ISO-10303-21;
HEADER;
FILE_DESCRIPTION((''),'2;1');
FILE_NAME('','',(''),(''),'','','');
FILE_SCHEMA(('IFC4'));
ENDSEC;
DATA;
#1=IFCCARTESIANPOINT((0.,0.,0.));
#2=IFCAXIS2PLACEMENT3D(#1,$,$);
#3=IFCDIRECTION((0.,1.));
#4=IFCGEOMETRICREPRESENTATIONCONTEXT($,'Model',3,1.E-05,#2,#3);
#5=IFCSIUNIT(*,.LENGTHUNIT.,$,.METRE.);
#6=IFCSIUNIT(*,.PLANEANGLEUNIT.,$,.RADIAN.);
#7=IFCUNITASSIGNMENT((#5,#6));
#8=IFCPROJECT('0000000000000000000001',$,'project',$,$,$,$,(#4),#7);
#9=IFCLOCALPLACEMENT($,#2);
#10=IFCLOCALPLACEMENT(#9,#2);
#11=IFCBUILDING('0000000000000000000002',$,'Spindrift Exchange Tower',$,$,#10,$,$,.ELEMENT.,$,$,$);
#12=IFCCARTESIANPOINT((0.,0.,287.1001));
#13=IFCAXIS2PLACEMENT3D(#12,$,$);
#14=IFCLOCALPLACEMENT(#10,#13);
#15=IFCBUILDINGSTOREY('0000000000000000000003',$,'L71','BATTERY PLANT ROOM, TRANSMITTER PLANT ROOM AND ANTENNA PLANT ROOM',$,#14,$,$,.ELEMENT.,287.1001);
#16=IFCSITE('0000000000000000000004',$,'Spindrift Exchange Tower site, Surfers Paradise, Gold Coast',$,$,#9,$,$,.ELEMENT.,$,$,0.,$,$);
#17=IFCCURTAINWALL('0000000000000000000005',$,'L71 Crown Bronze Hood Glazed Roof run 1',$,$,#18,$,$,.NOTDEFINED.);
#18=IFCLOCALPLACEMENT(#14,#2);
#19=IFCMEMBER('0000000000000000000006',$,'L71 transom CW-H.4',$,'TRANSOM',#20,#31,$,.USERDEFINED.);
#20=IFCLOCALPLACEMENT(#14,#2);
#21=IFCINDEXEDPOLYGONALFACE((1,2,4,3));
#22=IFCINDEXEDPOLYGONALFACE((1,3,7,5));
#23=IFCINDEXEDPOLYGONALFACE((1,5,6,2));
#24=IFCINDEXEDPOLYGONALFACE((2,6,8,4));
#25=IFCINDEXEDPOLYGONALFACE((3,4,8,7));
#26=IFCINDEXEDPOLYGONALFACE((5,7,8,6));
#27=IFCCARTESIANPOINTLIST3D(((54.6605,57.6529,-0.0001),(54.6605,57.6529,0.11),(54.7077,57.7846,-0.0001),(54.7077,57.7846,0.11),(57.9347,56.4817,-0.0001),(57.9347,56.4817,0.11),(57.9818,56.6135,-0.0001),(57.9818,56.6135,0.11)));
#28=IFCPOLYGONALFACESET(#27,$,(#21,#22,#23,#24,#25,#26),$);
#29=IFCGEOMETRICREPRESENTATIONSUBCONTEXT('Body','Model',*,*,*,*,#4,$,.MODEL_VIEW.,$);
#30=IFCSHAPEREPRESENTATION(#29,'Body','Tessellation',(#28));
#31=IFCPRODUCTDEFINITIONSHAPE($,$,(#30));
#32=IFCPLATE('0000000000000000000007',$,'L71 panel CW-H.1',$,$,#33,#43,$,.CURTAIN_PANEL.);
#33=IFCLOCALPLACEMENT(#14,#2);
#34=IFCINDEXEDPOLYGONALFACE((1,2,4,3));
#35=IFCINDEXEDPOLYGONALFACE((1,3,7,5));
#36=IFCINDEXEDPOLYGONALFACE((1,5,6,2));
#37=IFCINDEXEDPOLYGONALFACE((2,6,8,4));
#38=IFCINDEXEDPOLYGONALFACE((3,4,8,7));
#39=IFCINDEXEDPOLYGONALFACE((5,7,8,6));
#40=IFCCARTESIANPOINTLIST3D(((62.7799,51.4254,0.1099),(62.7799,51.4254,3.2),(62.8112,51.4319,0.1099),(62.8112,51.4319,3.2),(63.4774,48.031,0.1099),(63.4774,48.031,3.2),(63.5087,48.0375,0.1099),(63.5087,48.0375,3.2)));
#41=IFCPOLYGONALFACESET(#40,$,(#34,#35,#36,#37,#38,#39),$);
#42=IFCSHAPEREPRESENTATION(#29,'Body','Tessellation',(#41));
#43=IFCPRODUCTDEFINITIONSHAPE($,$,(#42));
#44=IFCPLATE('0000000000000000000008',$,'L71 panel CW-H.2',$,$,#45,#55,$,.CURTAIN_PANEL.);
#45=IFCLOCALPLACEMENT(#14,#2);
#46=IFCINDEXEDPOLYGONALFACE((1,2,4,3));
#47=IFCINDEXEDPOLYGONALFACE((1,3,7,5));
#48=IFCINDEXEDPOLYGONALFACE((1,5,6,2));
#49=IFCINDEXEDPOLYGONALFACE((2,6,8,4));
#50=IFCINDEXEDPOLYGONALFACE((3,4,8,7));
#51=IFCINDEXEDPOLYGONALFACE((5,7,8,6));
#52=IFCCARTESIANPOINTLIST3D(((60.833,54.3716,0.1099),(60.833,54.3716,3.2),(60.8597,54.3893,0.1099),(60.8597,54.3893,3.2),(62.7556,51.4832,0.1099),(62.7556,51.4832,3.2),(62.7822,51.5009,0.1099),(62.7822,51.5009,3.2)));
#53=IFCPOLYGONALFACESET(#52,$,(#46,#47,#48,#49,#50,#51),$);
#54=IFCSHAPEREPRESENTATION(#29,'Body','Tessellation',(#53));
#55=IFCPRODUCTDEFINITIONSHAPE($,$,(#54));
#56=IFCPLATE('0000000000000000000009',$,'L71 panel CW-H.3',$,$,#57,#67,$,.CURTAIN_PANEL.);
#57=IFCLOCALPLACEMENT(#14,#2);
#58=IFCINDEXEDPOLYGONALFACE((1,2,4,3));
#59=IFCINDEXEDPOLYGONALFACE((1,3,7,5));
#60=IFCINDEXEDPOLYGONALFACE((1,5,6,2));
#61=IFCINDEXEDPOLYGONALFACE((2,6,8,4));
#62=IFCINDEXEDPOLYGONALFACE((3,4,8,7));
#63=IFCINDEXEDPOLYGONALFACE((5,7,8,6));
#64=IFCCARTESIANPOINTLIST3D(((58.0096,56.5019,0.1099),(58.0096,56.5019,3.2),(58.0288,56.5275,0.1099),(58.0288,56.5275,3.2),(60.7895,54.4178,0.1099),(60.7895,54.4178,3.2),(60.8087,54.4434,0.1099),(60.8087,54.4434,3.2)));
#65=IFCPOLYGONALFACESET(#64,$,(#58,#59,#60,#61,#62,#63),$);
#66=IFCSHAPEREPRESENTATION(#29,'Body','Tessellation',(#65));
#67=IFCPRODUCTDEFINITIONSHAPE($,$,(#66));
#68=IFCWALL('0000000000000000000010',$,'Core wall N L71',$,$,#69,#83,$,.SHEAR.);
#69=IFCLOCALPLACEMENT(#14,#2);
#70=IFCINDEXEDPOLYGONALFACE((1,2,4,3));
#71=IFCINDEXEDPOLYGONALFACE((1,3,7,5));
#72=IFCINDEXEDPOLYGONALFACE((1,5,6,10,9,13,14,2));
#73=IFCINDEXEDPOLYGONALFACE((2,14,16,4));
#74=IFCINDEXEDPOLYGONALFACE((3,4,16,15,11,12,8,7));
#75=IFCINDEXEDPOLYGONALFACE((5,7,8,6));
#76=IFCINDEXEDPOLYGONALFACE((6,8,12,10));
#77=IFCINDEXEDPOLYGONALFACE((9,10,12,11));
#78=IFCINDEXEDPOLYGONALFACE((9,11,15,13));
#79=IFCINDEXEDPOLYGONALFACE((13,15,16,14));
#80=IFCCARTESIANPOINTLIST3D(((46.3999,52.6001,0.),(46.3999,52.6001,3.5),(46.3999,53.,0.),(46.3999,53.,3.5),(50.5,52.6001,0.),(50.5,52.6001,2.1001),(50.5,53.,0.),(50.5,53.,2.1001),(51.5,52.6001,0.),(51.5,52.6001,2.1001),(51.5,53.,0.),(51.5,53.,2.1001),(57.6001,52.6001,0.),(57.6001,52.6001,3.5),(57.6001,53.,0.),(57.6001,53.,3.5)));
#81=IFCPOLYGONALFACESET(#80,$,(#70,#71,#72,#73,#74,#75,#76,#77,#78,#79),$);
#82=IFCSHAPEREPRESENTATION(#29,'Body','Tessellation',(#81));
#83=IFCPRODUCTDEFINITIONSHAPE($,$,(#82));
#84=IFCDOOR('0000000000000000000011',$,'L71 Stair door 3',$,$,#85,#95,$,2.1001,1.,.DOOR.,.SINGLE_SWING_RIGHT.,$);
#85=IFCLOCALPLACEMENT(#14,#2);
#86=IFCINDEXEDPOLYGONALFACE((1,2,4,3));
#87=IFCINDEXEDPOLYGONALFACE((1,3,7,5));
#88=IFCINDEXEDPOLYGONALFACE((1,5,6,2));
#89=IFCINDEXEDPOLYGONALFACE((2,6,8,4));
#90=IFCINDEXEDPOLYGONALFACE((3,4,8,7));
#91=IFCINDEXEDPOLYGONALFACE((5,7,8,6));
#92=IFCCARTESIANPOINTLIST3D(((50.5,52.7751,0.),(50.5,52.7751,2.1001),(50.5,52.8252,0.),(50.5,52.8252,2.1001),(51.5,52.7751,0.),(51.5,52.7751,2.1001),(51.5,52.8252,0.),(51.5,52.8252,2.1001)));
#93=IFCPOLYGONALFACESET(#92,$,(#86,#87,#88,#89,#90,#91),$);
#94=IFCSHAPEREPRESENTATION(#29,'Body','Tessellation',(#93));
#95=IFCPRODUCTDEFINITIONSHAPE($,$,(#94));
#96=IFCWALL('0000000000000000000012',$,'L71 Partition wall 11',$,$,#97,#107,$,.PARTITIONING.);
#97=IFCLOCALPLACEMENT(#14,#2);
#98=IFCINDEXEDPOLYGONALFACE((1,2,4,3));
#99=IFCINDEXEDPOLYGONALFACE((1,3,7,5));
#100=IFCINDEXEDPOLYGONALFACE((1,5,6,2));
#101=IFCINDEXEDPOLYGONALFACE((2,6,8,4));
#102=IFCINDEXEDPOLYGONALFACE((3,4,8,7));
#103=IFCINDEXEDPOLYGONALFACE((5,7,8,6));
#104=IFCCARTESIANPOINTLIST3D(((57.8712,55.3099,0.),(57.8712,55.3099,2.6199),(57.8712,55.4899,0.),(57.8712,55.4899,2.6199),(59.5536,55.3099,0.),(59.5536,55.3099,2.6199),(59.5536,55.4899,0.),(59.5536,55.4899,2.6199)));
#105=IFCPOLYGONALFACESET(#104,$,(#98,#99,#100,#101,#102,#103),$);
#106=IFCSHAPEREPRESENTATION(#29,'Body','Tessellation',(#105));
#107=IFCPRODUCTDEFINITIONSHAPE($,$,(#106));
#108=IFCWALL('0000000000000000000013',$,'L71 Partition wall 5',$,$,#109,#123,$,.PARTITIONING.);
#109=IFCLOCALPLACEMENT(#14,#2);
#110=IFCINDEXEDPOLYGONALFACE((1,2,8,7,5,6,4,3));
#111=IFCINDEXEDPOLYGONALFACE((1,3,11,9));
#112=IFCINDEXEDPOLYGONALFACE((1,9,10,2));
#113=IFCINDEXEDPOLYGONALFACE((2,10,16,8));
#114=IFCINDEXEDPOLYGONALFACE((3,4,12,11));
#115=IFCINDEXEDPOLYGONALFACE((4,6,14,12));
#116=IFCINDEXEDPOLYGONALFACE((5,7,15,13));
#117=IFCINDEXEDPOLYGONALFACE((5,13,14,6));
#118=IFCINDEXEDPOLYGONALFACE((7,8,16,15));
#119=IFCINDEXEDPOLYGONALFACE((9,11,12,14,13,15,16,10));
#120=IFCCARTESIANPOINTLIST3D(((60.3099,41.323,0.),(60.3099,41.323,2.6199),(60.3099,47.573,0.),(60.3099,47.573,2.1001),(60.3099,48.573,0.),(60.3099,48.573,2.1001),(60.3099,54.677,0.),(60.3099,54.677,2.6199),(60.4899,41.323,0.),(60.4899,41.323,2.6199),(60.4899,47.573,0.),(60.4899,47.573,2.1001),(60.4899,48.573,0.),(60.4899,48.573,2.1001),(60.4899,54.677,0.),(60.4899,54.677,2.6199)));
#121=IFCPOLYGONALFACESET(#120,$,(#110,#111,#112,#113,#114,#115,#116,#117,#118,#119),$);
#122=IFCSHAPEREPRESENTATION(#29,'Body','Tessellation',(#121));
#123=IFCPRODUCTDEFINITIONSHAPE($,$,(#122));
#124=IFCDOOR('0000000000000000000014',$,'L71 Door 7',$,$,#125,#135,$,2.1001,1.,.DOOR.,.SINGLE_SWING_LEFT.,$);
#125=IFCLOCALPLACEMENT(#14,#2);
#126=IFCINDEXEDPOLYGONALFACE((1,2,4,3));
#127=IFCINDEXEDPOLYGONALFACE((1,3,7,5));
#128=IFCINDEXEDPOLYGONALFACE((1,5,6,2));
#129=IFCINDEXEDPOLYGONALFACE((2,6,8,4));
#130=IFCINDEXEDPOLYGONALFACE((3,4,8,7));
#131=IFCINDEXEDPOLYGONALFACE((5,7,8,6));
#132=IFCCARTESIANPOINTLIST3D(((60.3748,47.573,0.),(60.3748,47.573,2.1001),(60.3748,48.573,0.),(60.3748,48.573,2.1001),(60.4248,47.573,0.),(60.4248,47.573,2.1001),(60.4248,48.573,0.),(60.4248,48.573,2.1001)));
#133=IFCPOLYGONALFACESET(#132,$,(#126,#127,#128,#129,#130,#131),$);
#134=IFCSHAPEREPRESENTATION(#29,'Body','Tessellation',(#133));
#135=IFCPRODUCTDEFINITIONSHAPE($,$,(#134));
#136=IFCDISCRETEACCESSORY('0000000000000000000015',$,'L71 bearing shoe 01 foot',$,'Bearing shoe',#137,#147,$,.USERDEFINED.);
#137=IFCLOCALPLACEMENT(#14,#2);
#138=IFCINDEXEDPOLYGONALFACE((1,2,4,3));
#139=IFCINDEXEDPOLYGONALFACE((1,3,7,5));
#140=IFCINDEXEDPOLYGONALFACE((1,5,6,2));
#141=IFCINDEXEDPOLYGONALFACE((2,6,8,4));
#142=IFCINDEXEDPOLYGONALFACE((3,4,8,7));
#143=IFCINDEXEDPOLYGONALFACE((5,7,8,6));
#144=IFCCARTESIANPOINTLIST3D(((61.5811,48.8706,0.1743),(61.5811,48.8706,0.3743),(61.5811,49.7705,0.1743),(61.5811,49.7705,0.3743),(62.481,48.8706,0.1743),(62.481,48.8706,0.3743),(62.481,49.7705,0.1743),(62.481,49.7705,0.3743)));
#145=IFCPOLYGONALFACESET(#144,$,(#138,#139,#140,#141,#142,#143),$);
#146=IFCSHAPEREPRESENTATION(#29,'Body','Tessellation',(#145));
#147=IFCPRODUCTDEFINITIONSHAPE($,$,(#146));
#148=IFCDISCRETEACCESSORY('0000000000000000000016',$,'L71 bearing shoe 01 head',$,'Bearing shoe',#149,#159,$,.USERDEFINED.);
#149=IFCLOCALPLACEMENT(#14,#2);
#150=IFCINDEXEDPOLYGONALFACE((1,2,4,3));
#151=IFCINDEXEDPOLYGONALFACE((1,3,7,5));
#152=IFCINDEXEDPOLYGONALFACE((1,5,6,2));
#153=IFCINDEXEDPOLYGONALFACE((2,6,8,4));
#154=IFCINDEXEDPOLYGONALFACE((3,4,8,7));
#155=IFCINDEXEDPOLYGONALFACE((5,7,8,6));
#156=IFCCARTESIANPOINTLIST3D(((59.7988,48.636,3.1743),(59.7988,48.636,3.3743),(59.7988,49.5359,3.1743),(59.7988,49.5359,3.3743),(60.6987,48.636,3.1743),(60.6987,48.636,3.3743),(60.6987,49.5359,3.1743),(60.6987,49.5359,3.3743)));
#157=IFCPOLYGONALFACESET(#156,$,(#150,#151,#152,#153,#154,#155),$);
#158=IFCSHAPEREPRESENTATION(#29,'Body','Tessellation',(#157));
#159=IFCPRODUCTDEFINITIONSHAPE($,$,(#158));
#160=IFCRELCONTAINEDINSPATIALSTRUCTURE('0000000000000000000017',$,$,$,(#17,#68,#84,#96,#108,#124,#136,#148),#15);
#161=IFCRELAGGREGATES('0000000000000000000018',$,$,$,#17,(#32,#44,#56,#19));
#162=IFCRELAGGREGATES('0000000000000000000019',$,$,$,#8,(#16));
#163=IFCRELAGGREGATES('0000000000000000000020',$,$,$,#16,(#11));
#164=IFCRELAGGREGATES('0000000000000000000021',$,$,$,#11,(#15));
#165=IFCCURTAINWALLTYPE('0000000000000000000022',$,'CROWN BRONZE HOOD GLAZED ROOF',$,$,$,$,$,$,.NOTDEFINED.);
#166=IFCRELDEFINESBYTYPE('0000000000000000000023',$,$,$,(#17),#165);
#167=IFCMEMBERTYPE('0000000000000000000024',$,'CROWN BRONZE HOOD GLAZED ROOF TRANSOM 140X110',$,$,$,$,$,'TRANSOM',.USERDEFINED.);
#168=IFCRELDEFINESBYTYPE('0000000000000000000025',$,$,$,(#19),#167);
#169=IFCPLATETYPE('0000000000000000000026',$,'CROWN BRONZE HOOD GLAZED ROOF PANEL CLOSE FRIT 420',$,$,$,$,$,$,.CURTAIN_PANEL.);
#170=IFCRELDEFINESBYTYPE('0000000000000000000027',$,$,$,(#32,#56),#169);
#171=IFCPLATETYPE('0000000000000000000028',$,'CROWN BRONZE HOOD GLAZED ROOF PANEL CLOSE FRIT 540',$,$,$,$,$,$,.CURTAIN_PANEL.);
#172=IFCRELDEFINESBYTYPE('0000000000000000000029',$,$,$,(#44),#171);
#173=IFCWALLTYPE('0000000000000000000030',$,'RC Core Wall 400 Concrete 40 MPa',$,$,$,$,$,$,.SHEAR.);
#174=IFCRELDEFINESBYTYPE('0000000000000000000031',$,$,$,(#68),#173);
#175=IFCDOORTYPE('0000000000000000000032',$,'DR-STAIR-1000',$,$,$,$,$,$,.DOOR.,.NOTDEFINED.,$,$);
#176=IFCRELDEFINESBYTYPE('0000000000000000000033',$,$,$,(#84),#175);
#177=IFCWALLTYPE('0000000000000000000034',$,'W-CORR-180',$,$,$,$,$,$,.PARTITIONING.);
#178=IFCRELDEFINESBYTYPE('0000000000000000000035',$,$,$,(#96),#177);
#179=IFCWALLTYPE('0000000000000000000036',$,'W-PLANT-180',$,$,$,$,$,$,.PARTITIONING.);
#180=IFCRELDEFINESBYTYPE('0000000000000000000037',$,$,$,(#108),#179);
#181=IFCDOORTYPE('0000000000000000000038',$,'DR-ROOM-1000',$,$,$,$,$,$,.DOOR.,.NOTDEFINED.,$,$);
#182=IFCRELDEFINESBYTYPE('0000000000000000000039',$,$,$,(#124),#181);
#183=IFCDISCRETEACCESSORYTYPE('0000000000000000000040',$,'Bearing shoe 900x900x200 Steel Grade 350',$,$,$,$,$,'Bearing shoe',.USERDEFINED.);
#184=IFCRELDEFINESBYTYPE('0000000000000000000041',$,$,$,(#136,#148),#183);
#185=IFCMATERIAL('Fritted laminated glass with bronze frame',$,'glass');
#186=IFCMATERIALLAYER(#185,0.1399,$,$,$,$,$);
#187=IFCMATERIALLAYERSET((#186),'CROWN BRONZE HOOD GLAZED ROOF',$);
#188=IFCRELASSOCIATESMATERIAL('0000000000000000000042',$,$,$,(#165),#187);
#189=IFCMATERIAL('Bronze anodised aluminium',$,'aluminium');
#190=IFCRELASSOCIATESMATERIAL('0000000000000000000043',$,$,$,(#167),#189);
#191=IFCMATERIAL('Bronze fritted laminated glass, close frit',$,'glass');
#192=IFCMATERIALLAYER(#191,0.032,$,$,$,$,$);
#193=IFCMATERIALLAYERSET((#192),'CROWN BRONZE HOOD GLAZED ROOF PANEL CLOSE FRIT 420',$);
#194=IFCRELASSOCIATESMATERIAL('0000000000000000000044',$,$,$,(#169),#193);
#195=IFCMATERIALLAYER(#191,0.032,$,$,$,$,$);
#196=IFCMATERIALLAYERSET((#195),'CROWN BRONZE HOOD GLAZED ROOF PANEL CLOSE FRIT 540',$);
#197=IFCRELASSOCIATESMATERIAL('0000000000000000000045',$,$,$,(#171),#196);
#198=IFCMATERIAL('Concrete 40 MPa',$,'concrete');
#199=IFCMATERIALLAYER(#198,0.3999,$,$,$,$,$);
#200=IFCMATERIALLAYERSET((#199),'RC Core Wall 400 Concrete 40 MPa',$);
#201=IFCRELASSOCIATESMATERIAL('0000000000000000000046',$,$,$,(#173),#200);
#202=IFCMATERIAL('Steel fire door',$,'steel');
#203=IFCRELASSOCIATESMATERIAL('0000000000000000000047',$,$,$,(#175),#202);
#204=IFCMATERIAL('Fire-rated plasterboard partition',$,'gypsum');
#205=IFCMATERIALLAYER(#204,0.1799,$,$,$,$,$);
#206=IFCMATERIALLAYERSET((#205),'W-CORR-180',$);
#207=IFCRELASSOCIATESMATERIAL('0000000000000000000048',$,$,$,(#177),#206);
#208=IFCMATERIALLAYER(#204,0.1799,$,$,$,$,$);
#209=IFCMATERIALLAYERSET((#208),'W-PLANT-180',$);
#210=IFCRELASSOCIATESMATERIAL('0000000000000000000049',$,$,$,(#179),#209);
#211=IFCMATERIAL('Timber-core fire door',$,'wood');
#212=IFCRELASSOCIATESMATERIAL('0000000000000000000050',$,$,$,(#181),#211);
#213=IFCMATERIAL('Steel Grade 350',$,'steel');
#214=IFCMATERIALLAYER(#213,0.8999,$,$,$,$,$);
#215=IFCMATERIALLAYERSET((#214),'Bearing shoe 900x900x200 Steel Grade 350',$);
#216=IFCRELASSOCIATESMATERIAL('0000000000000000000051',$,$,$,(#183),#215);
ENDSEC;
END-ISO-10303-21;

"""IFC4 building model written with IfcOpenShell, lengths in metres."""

from ifc_helpers import new_model, si_unit, direction, frame, frame_2d, origin, origin_2d, place, context, subcontext, project, spatial, rectangle, extrude, source, transform, mapped, material, layer, layer_set, material_profile, profile_set, type_object, element, fill, aggregate, save


model = new_model("IFC4")

# Units and contexts
model_context = context("Model", 3, precision=1e-05, world=origin(), true_north=direction((0.0, 1.0)))
body_context = subcontext(model_context, "Body", "Model", "MODEL_VIEW")
ifc_project = project(units=[si_unit("LENGTHUNIT", "METRE"), si_unit("PLANEANGLEUNIT", "RADIAN")], contexts=[model_context])

# Site, building, storey
site_placement = place(None, origin())
site = spatial("IfcSite", under=ifc_project, at=site_placement, Name="Spindrift Exchange Tower site, Surfers Paradise, Gold Coast", CompositionType="ELEMENT", RefElevation=0.0)
building_placement = place(site_placement, origin())
building = spatial("IfcBuilding", under=site, at=building_placement, Name="Spindrift Exchange Tower", CompositionType="ELEMENT")
storey_placement = place(building_placement, frame((0.0, 0.0, 287.1001)))
storey = spatial("IfcBuildingStorey", under=building, at=storey_placement, Name="L71", Description="BATTERY PLANT ROOM, TRANSMITTER PLANT ROOM AND ANTENNA PLANT ROOM", CompositionType="ELEMENT", Elevation=287.1001)

# Shared definitions
ifc_material_1 = material(Name="Concrete 40 MPa", Category="concrete")

# Curtain wall, member, plates
ifc_material_2 = material(Name="Fritted laminated glass with bronze frame", Category="glass")
ifc_layer_1 = layer(ifc_material_2, 0.1399)
ifc_layer_set_1 = layer_set([ifc_layer_1], Name="CROWN BRONZE HOOD GLAZED ROOF")
curtain_wall_type = type_object("IfcCurtainWallType", Name="CROWN BRONZE HOOD GLAZED ROOF", PredefinedType="NOTDEFINED", material=ifc_layer_set_1)
curtain_wall_placement = place(storey_placement, origin())
curtain_wall = element("IfcCurtainWall", 1, at=curtain_wall_placement, inside=storey, type_object=curtain_wall_type, Name="L71 Crown Bronze Hood Glazed Roof run 1", PredefinedType="NOTDEFINED")
ifc_material_3 = material(Name="Bronze anodised aluminium", Category="aluminium")
ifc_material_profile_1 = material_profile(ifc_material_3, rectangle(XDim=0.1399, YDim=0.1101, at=origin_2d()), Name="CROWN BRONZE HOOD GLAZED ROOF TRANSOM 140X110")
ifc_profile_set_1 = profile_set([ifc_material_profile_1], Name="Bronze anodised aluminium")
member_type_1 = type_object("IfcMemberType", Name="CROWN BRONZE HOOD GLAZED ROOF TRANSOM 140X110", ElementType="TRANSOM", PredefinedType="USERDEFINED", material=ifc_profile_set_1)
shared_shape_1 = source(origin(), body_context, "Body", "SweptSolid", [
    extrude(rectangle(XDim=0.1399, YDim=0.1101, at=origin_2d()), origin(), (0.0, 0.0, 1.0), 3.4773),
])
member_1_placement = place(storey_placement, frame((57.9583, 56.5476, 0.0549), z_axis=(-0.941578, 0.336794, 0.0), x_axis=(-0.336794, -0.941578, 0.0)))
member_1 = element("IfcMember", 2, at=member_1_placement, type_object=member_type_1, Name="L71 transom CW-H.4", ObjectType="TRANSOM", PredefinedType="USERDEFINED", context=body_context, shape_type="MappedRepresentation", body=[
    mapped(shared_shape_1, transform((0.0, 0.0, 0.0), scale=1.0)),
])
ifc_material_4 = material(Name="Bronze fritted laminated glass, close frit", Category="glass")
ifc_layer_2 = layer(ifc_material_4, 0.032)
ifc_layer_set_2 = layer_set([ifc_layer_2], Name="CROWN BRONZE HOOD GLAZED ROOF PANEL CLOSE FRIT 420")
plate_type_1 = type_object("IfcPlateType", Name="CROWN BRONZE HOOD GLAZED ROOF PANEL CLOSE FRIT 420", PredefinedType="CURTAIN_PANEL", material=ifc_layer_set_2)
shared_shape_2 = source(origin(), body_context, "Body", "SweptSolid", [
    extrude(rectangle(XDim=3.4653, YDim=0.032, at=origin_2d()), origin(), (0.0, 0.0, 1.0), 3.0901),
])
plate_1_placement = place(storey_placement, frame((63.1443, 49.7314, 0.1099), z_axis=(0.0, 0.0, 1.0), x_axis=(-0.201281, 0.979533, 0.0)))
plate_1 = element("IfcPlate", 3, at=plate_1_placement, type_object=plate_type_1, Name="L71 panel CW-H.1", PredefinedType="CURTAIN_PANEL", context=body_context, shape_type="MappedRepresentation", body=[
    mapped(shared_shape_2, transform((0.0, 0.0, 0.0), scale=1.0)),
])
ifc_layer_3 = layer(ifc_material_4, 0.032)
ifc_layer_set_3 = layer_set([ifc_layer_3], Name="CROWN BRONZE HOOD GLAZED ROOF PANEL CLOSE FRIT 540")
plate_type_2 = type_object("IfcPlateType", Name="CROWN BRONZE HOOD GLAZED ROOF PANEL CLOSE FRIT 540", PredefinedType="CURTAIN_PANEL", material=ifc_layer_set_3)
shared_shape_3 = source(origin(), body_context, "Body", "SweptSolid", [
    extrude(rectangle(XDim=3.4697, YDim=0.032, at=origin_2d()), origin(), (0.0, 0.0, 1.0), 3.0901),
])
plate_2_placement = place(storey_placement, frame((61.8076, 52.9363, 0.1099), z_axis=(0.0, 0.0, 1.0), x_axis=(-0.554094, 0.832454, 0.0)))
plate_2 = element("IfcPlate", 4, at=plate_2_placement, type_object=plate_type_2, Name="L71 panel CW-H.2", PredefinedType="CURTAIN_PANEL", context=body_context, shape_type="MappedRepresentation", body=[
    mapped(shared_shape_3, transform((0.0, 0.0, 0.0), scale=1.0)),
])
shared_shape_4 = source(origin(), body_context, "Body", "SweptSolid", [
    extrude(rectangle(XDim=3.4744, YDim=0.032, at=origin_2d()), origin(), (0.0, 0.0, 1.0), 3.0901),
])
plate_3_placement = place(storey_placement, frame((59.4092, 55.4727, 0.1099), z_axis=(0.0, 0.0, 1.0), x_axis=(-0.800112, 0.599851, 0.0)))
plate_3 = element("IfcPlate", 5, at=plate_3_placement, type_object=plate_type_1, Name="L71 panel CW-H.3", PredefinedType="CURTAIN_PANEL", context=body_context, shape_type="MappedRepresentation", body=[
    mapped(shared_shape_4, transform((0.0, 0.0, 0.0), scale=1.0)),
])
aggregate(curtain_wall, [plate_1, plate_2, plate_3, member_1])

# Wall, opening, door
ifc_layer_4 = layer(ifc_material_1, 0.3999)
ifc_layer_set_4 = layer_set([ifc_layer_4], Name="RC Core Wall 400 Concrete 40 MPa")
wall_type_1 = type_object("IfcWallType", Name="RC Core Wall 400 Concrete 40 MPa", PredefinedType="SHEAR", material=ifc_layer_set_4)
wall_1_placement = place(storey_placement, frame((57.6001, 52.8, 0.0), z_axis=(0.0, 0.0, 1.0), x_axis=(-1.0, 0.0, 0.0)))
wall_1 = element("IfcWall", 6, at=wall_1_placement, inside=storey, type_object=wall_type_1, Name="Core wall N L71", PredefinedType="SHEAR", context=body_context, shape_type="SweptSolid", body=[
    extrude(rectangle(XDim=11.2002, YDim=0.3999, at=frame_2d((5.6001, 0.0))), origin(), (0.0, 0.0, 1.0), 3.5),
])
opening_1_placement = place(wall_1_placement, frame((6.1001, 0.0, 0.0)))
opening_1 = element("IfcOpeningElement", 7, at=opening_1_placement, cuts=wall_1, PredefinedType="OPENING", context=body_context, shape_type="SweptSolid", body=[
    extrude(rectangle(XDim=1.0, YDim=2.1001, at=frame_2d((0.5, 1.05))), frame((0.0, 0.21, 0.0), z_axis=(0.0, -1.0, 0.0), x_axis=(1.0, 0.0, 0.0)), (0.0, 0.0, 1.0), 0.4199),
])
ifc_material_5 = material(Name="Steel fire door", Category="steel")
door_type_1 = type_object("IfcDoorType", Name="DR-STAIR-1000", OperationType="NOTDEFINED", PredefinedType="DOOR", material=ifc_material_5)
shared_shape_5 = source(origin(), body_context, "Body", "SweptSolid", [
    extrude(rectangle(XDim=1.0, YDim=2.1001, at=frame_2d((0.5, 1.05))), frame((0.0, 0.0249, 0.0), z_axis=(0.0, -1.0, 0.0), x_axis=(1.0, 0.0, 0.0)), (0.0, 0.0, 1.0), 0.05),
])
door_1_placement = place(opening_1_placement, origin())
door_1 = element("IfcDoor", 8, at=door_1_placement, inside=storey, type_object=door_type_1, Name="L71 Stair door 3", OperationType="SINGLE_SWING_RIGHT", OverallHeight=2.1001, OverallWidth=1.0, PredefinedType="DOOR", context=body_context, shape_type="MappedRepresentation", body=[
    mapped(shared_shape_5, transform((0.0, 0.0, 0.0), scale=1.0)),
])
fill(opening_1, door_1)

# Wall
ifc_material_6 = material(Name="Fire-rated plasterboard partition", Category="gypsum")
ifc_layer_5 = layer(ifc_material_6, 0.1799)
ifc_layer_set_5 = layer_set([ifc_layer_5], Name="W-CORR-180")
wall_type_2 = type_object("IfcWallType", Name="W-CORR-180", PredefinedType="PARTITIONING", material=ifc_layer_set_5)
wall_2_placement = place(storey_placement, frame((59.5537, 55.3999, 0.0), z_axis=(0.0, 0.0, 1.0), x_axis=(-1.0, 0.0, 0.0)))
element("IfcWall", 9, at=wall_2_placement, inside=storey, type_object=wall_type_2, Name="L71 Partition wall 11", PredefinedType="PARTITIONING", context=body_context, shape_type="SweptSolid", body=[
    extrude(rectangle(XDim=1.6824, YDim=0.1799, at=frame_2d((0.8413, 0.0))), origin(), (0.0, 0.0, 1.0), 2.6199),
])

# Wall, opening, door
ifc_layer_6 = layer(ifc_material_6, 0.1799)
ifc_layer_set_6 = layer_set([ifc_layer_6], Name="W-PLANT-180")
wall_type_3 = type_object("IfcWallType", Name="W-PLANT-180", PredefinedType="PARTITIONING", material=ifc_layer_set_6)
wall_3_placement = place(storey_placement, frame((60.3999, 54.677, 0.0), z_axis=(0.0, 0.0, 1.0), x_axis=(0.0, -1.0, 0.0)))
wall_3 = element("IfcWall", 10, at=wall_3_placement, inside=storey, type_object=wall_type_3, Name="L71 Partition wall 5", PredefinedType="PARTITIONING", context=body_context, shape_type="SweptSolid", body=[
    extrude(rectangle(XDim=13.354, YDim=0.1799, at=frame_2d((6.677, 0.0))), origin(), (0.0, 0.0, 1.0), 2.6199),
])
opening_2_placement = place(wall_3_placement, frame((6.104, 0.0, 0.0)))
opening_2 = element("IfcOpeningElement", 11, at=opening_2_placement, cuts=wall_3, PredefinedType="OPENING", context=body_context, shape_type="SweptSolid", body=[
    extrude(rectangle(XDim=1.0, YDim=2.1001, at=frame_2d((0.5, 1.05))), frame((0.0, 0.0999, 0.0), z_axis=(0.0, -1.0, 0.0), x_axis=(1.0, 0.0, 0.0)), (0.0, 0.0, 1.0), 0.2),
])
ifc_material_7 = material(Name="Timber-core fire door", Category="wood")
door_type_2 = type_object("IfcDoorType", Name="DR-ROOM-1000", OperationType="NOTDEFINED", PredefinedType="DOOR", material=ifc_material_7)
shared_shape_6 = source(origin(), body_context, "Body", "SweptSolid", [
    extrude(rectangle(XDim=1.0, YDim=2.1001, at=frame_2d((0.5, 1.05))), frame((0.0, 0.0249, 0.0), z_axis=(0.0, -1.0, 0.0), x_axis=(1.0, 0.0, 0.0)), (0.0, 0.0, 1.0), 0.05),
])
door_2_placement = place(opening_2_placement, origin())
door_2 = element("IfcDoor", 12, at=door_2_placement, inside=storey, type_object=door_type_2, Name="L71 Door 7", OperationType="SINGLE_SWING_LEFT", OverallHeight=2.1001, OverallWidth=1.0, PredefinedType="DOOR", context=body_context, shape_type="MappedRepresentation", body=[
    mapped(shared_shape_6, transform((0.0, 0.0, 0.0), scale=1.0)),
])
fill(opening_2, door_2)

# Discrete accessories
ifc_material_8 = material(Name="Steel Grade 350", Category="steel")
ifc_layer_7 = layer(ifc_material_8, 0.8999)
ifc_layer_set_7 = layer_set([ifc_layer_7], Name="Bearing shoe 900x900x200 Steel Grade 350")
discrete_accessory_type = type_object("IfcDiscreteAccessoryType", Name="Bearing shoe 900x900x200 Steel Grade 350", ElementType="Bearing shoe", PredefinedType="USERDEFINED", material=ifc_layer_set_7)
shared_shape_7 = source(origin(), body_context, "Body", "SweptSolid", [
    extrude(rectangle(XDim=0.8999, YDim=0.8999, at=origin_2d()), origin(), (0.0, 0.0, 1.0), 0.2),
])
for number, where, z_axis, x_axis, name in (
    (13, (62.031, 49.3206, 0.1743), (0.0, 0.0, 1.0), (1.0, 0.0, 0.0), "L71 bearing shoe 01 foot"),
    (14, (60.2488, 49.0859, 3.1743), (0.0, 0.0, 1.0), (1.0, 0.0, 0.0), "L71 bearing shoe 01 head"),
):
    element("IfcDiscreteAccessory", number, at=place(storey_placement, frame(where, z_axis=z_axis, x_axis=x_axis)), inside=storey, type_object=discrete_accessory_type, Name=name, ObjectType="Bearing shoe", PredefinedType="USERDEFINED", context=body_context, shape_type="MappedRepresentation", body=[
        mapped(shared_shape_7, transform((0.0, 0.0, 0.0), scale=1.0)),
    ])

save(model, "model.ifc")
